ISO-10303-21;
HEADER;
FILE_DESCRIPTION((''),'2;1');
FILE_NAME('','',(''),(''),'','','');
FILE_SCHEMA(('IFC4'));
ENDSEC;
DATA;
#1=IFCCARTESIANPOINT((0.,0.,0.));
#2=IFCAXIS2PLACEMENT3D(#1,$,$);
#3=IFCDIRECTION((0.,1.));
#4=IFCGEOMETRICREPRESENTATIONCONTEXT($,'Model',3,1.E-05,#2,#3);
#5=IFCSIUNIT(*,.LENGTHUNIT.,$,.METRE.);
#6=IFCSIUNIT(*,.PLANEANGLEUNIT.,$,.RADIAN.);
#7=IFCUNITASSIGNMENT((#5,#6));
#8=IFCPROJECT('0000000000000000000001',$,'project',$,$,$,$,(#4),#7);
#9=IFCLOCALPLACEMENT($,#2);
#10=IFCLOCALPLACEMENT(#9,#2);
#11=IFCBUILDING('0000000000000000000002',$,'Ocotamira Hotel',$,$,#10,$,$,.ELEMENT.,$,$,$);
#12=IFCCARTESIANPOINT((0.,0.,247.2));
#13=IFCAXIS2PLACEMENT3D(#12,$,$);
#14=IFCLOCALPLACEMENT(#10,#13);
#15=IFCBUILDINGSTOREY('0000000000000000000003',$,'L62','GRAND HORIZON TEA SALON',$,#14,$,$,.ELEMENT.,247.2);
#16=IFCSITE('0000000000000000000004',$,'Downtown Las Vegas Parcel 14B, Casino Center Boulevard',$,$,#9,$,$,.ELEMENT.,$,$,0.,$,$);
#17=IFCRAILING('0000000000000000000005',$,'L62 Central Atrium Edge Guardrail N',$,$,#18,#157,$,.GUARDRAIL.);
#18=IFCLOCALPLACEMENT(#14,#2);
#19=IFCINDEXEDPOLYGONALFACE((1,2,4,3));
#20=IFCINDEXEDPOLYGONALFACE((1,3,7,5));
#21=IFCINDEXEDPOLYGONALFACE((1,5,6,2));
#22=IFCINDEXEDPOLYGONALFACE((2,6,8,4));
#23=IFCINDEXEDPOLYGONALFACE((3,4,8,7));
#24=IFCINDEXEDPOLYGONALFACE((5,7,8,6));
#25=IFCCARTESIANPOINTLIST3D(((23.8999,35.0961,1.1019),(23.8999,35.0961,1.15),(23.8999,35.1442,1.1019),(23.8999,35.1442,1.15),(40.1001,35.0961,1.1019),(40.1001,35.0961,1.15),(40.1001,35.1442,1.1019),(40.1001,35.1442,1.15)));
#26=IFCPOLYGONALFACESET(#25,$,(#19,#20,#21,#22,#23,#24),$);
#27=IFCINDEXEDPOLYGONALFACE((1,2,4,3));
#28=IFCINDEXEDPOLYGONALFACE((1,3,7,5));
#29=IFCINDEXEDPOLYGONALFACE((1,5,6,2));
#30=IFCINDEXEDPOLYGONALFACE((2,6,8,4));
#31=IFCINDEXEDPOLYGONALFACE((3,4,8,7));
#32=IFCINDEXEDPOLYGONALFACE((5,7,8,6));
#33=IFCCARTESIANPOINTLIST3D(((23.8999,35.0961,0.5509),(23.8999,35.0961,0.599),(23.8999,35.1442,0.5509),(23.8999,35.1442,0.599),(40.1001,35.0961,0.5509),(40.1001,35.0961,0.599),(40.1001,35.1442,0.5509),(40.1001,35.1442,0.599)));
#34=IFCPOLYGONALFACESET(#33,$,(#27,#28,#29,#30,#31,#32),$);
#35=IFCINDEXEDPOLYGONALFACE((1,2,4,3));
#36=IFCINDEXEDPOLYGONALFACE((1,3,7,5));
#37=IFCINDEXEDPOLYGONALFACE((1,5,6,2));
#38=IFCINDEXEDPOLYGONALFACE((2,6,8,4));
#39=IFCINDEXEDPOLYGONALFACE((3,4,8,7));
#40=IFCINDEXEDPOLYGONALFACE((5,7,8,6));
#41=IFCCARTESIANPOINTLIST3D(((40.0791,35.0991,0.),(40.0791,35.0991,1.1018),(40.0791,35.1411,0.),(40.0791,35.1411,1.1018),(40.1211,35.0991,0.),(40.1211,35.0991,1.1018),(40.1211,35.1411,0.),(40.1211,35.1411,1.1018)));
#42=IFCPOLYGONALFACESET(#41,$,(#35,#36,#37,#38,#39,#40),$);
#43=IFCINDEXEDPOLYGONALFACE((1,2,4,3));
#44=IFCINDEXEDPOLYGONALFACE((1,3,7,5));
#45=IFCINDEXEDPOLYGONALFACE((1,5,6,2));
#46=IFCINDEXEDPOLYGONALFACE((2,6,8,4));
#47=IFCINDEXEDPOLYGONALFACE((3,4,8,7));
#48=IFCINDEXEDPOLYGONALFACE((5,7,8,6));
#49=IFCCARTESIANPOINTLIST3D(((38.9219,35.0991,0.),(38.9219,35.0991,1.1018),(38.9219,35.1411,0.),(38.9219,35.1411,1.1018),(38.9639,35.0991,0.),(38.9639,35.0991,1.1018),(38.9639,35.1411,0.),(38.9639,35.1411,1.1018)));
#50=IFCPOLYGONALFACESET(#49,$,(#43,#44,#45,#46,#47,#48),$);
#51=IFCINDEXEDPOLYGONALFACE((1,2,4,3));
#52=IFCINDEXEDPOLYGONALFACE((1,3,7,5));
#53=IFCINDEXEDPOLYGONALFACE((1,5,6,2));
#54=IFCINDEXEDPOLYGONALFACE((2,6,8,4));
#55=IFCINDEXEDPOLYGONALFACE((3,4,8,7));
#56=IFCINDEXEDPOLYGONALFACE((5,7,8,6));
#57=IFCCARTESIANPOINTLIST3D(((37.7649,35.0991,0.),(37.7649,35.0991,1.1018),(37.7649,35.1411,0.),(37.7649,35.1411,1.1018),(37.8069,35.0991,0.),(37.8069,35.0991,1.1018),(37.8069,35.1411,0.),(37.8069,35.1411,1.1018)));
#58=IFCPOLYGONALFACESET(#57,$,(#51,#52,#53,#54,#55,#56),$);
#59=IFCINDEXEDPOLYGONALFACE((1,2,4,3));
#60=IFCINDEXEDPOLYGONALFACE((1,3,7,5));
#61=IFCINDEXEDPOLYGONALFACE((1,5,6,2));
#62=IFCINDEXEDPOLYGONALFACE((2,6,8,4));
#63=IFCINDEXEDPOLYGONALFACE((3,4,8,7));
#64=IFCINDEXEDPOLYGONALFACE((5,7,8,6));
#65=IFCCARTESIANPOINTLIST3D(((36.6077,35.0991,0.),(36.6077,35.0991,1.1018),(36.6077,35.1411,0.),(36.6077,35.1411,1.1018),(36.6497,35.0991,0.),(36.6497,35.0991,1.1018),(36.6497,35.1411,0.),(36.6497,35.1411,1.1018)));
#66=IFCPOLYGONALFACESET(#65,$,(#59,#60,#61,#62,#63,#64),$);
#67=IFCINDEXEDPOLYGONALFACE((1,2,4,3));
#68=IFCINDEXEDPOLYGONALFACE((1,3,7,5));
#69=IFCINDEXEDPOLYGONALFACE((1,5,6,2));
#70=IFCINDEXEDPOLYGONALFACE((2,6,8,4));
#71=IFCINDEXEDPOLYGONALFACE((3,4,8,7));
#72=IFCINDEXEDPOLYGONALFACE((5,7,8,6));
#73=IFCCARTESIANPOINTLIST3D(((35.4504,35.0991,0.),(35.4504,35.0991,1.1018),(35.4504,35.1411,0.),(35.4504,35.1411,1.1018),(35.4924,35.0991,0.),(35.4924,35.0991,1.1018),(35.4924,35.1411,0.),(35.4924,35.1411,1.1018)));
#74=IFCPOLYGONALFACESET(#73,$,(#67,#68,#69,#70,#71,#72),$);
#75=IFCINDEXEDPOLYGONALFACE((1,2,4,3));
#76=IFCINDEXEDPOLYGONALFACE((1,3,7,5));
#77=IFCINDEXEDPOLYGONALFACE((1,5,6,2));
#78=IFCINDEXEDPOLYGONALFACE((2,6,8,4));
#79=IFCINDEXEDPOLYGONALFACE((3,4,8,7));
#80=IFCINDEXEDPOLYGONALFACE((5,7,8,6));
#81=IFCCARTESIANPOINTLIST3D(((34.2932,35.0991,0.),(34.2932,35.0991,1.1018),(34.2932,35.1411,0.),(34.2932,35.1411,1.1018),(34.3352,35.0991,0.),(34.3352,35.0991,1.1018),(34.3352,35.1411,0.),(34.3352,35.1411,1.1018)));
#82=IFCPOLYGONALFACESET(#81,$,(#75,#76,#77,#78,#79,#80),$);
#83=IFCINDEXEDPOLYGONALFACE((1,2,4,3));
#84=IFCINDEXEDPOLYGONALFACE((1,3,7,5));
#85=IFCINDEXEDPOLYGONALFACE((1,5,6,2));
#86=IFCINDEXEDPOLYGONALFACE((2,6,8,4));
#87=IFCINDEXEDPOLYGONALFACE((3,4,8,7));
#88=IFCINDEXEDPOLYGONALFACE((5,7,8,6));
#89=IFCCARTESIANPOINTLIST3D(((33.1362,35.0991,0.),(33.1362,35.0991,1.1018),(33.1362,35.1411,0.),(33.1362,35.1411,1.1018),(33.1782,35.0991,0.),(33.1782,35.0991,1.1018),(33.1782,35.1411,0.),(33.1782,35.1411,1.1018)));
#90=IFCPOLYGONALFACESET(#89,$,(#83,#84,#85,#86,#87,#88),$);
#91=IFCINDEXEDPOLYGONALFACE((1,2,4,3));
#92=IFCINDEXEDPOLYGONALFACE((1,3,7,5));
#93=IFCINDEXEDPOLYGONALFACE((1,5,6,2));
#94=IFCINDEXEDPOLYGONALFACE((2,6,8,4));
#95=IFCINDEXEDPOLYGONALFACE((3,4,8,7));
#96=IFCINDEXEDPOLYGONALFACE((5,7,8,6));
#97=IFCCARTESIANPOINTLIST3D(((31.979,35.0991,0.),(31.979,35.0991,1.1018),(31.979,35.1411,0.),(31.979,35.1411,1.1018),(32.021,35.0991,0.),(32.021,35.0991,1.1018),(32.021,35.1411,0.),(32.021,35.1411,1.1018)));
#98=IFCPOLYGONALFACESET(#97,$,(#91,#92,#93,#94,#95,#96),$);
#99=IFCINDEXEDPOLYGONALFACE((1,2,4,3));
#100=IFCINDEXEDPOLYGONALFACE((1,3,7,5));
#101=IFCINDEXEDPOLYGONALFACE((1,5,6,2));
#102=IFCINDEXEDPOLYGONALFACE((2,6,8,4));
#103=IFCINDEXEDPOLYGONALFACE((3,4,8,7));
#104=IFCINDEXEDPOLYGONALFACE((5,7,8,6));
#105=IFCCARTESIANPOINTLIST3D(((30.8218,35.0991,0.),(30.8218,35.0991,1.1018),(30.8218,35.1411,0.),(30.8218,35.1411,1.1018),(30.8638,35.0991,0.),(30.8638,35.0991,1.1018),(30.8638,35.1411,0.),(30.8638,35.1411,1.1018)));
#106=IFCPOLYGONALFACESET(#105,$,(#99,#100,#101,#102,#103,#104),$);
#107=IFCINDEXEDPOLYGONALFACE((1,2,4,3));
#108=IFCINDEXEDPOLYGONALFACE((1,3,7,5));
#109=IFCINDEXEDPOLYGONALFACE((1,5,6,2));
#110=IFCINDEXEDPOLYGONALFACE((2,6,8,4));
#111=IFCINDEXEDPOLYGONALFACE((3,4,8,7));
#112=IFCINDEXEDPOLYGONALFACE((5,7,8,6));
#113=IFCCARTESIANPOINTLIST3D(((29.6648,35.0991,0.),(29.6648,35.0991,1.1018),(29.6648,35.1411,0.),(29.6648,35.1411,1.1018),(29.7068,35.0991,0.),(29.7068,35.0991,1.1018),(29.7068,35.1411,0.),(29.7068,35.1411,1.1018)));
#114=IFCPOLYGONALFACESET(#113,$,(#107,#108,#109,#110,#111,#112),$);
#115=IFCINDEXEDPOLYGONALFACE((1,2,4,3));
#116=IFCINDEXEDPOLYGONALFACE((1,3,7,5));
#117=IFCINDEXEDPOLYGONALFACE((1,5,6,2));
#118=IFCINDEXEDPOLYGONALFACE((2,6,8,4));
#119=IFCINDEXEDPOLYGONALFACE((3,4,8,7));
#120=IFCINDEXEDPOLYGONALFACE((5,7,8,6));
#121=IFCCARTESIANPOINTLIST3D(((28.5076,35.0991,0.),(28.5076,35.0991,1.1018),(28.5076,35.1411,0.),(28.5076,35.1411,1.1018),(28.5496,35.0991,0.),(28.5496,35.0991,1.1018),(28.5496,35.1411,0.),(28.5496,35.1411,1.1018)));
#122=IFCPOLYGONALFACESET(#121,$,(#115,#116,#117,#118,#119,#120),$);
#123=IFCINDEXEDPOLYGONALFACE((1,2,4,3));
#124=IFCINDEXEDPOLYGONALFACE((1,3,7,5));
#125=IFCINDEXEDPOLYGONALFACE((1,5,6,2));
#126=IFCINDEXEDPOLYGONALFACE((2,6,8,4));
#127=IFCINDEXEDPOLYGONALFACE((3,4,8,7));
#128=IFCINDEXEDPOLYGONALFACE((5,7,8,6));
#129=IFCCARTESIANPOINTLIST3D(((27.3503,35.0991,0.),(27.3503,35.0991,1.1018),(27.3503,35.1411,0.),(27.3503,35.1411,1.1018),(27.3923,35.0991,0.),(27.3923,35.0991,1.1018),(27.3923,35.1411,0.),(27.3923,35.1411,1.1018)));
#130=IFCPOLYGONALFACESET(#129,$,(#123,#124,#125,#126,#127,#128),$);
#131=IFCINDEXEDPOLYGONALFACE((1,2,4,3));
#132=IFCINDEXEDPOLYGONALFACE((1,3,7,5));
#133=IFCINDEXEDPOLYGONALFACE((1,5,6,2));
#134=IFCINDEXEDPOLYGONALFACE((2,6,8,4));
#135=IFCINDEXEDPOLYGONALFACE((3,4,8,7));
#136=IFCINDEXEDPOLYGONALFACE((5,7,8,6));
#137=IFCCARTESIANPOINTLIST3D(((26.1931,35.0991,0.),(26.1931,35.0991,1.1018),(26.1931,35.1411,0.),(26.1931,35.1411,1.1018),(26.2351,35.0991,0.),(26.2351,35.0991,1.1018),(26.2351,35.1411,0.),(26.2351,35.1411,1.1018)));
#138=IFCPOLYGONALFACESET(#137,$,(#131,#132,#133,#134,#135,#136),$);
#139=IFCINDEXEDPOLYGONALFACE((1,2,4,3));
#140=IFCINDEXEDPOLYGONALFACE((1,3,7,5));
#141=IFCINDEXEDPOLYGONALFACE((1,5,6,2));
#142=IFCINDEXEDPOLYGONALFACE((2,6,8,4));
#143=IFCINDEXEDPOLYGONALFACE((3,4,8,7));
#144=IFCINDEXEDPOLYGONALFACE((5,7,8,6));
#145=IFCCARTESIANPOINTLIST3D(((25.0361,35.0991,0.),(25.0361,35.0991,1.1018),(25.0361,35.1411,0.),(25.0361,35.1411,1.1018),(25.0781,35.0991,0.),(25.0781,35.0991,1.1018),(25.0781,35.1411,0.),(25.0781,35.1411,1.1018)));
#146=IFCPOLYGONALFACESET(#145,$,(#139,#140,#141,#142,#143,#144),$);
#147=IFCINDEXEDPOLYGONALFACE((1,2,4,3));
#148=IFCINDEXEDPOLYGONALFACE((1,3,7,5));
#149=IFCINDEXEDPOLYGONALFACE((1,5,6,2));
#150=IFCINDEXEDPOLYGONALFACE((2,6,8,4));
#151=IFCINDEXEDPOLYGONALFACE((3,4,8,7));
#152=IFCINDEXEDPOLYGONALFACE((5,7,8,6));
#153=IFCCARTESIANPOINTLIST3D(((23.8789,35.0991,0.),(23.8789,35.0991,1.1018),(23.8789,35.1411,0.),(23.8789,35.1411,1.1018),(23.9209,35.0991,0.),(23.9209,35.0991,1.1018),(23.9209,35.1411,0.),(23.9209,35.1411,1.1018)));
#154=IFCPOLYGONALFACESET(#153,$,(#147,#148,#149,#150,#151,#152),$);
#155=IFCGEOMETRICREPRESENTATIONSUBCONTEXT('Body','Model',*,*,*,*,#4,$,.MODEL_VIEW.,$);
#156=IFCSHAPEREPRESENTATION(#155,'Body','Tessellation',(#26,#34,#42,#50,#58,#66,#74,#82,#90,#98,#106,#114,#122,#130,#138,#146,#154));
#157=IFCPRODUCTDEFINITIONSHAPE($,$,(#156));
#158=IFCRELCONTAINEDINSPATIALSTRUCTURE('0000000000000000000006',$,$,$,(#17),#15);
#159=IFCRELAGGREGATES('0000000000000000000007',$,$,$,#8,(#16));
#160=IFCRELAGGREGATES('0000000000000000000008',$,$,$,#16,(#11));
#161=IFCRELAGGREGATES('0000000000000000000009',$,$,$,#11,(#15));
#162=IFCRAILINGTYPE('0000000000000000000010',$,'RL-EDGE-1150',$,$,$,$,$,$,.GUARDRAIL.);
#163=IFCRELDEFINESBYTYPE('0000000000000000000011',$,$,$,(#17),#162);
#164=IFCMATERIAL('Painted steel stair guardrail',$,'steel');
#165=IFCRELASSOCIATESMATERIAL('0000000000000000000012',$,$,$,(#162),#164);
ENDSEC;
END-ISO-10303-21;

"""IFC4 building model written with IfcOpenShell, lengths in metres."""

from ifc_helpers import new_model, si_unit, direction, frame, origin, origin_2d, place, context, subcontext, project, spatial, rectangle, extrude, material, type_object, element, save


model = new_model("IFC4")

# Units and contexts
model_context = context("Model", 3, precision=1e-05, world=origin(), true_north=direction((0.0, 1.0)))
body_context = subcontext(model_context, "Body", "Model", "MODEL_VIEW")
ifc_project = project(units=[si_unit("LENGTHUNIT", "METRE"), si_unit("PLANEANGLEUNIT", "RADIAN")], contexts=[model_context])

# Site, building, storey
site_placement = place(None, origin())
site = spatial("IfcSite", under=ifc_project, at=site_placement, Name="Downtown Las Vegas Parcel 14B, Casino Center Boulevard", CompositionType="ELEMENT", RefElevation=0.0)
building_placement = place(site_placement, origin())
building = spatial("IfcBuilding", under=site, at=building_placement, Name="Ocotamira Hotel", CompositionType="ELEMENT")
storey_placement = place(building_placement, frame((0.0, 0.0, 247.2)))
storey = spatial("IfcBuildingStorey", under=building, at=storey_placement, Name="L62", Description="GRAND HORIZON TEA SALON", CompositionType="ELEMENT", Elevation=247.2)

# Railing
ifc_material_1 = material(Name="Painted steel stair guardrail", Category="steel")
railing_type = type_object("IfcRailingType", Name="RL-EDGE-1150", PredefinedType="GUARDRAIL", material=ifc_material_1)
railing_placement = place(storey_placement, frame((40.1001, 35.1201, 0.0)))
element("IfcRailing", 1, at=railing_placement, inside=storey, type_object=railing_type, Name="L62 Central Atrium Edge Guardrail N", PredefinedType="GUARDRAIL", context=body_context, shape_type="SweptSolid", body=[
    extrude(rectangle(XDim=0.0481, YDim=0.0481, at=origin_2d()), frame((0.0, 0.0, 1.126), z_axis=(-1.0, 0.0, 0.0), x_axis=(0.0, -1.0, 0.0)), (0.0, 0.0, 1.0), 16.2002),
    extrude(rectangle(XDim=0.0481, YDim=0.0481, at=origin_2d()), frame((0.0, 0.0, 0.575), z_axis=(-1.0, 0.0, 0.0), x_axis=(0.0, -1.0, 0.0)), (0.0, 0.0, 1.0), 16.2002),
    extrude(rectangle(XDim=0.042, YDim=0.042, at=origin_2d()), origin(), (0.0, 0.0, 1.0), 1.1018),
    extrude(rectangle(XDim=0.042, YDim=0.042, at=origin_2d()), frame((-1.1572, 0.0, 0.0)), (0.0, 0.0, 1.0), 1.1018),
    extrude(rectangle(XDim=0.042, YDim=0.042, at=origin_2d()), frame((-2.3142, 0.0, 0.0)), (0.0, 0.0, 1.0), 1.1018),
    extrude(rectangle(XDim=0.042, YDim=0.042, at=origin_2d()), frame((-3.4714, 0.0, 0.0)), (0.0, 0.0, 1.0), 1.1018),
    extrude(rectangle(XDim=0.042, YDim=0.042, at=origin_2d()), frame((-4.6287, 0.0, 0.0)), (0.0, 0.0, 1.0), 1.1018),
    extrude(rectangle(XDim=0.042, YDim=0.042, at=origin_2d()), frame((-5.7859, 0.0, 0.0)), (0.0, 0.0, 1.0), 1.1018),
    extrude(rectangle(XDim=0.042, YDim=0.042, at=origin_2d()), frame((-6.9429, 0.0, 0.0)), (0.0, 0.0, 1.0), 1.1018),
    extrude(rectangle(XDim=0.042, YDim=0.042, at=origin_2d()), frame((-8.1001, 0.0, 0.0)), (0.0, 0.0, 1.0), 1.1018),
    extrude(rectangle(XDim=0.042, YDim=0.042, at=origin_2d()), frame((-9.2573, 0.0, 0.0)), (0.0, 0.0, 1.0), 1.1018),
    extrude(rectangle(XDim=0.042, YDim=0.042, at=origin_2d()), frame((-10.4143, 0.0, 0.0)), (0.0, 0.0, 1.0), 1.1018),
    extrude(rectangle(XDim=0.042, YDim=0.042, at=origin_2d()), frame((-11.5715, 0.0, 0.0)), (0.0, 0.0, 1.0), 1.1018),
    extrude(rectangle(XDim=0.042, YDim=0.042, at=origin_2d()), frame((-12.7288, 0.0, 0.0)), (0.0, 0.0, 1.0), 1.1018),
    extrude(rectangle(XDim=0.042, YDim=0.042, at=origin_2d()), frame((-13.886, 0.0, 0.0)), (0.0, 0.0, 1.0), 1.1018),
    extrude(rectangle(XDim=0.042, YDim=0.042, at=origin_2d()), frame((-15.043, 0.0, 0.0)), (0.0, 0.0, 1.0), 1.1018),
    extrude(rectangle(XDim=0.042, YDim=0.042, at=origin_2d()), frame((-16.2002, 0.0, 0.0)), (0.0, 0.0, 1.0), 1.1018),
])

save(model, "model.ifc")
